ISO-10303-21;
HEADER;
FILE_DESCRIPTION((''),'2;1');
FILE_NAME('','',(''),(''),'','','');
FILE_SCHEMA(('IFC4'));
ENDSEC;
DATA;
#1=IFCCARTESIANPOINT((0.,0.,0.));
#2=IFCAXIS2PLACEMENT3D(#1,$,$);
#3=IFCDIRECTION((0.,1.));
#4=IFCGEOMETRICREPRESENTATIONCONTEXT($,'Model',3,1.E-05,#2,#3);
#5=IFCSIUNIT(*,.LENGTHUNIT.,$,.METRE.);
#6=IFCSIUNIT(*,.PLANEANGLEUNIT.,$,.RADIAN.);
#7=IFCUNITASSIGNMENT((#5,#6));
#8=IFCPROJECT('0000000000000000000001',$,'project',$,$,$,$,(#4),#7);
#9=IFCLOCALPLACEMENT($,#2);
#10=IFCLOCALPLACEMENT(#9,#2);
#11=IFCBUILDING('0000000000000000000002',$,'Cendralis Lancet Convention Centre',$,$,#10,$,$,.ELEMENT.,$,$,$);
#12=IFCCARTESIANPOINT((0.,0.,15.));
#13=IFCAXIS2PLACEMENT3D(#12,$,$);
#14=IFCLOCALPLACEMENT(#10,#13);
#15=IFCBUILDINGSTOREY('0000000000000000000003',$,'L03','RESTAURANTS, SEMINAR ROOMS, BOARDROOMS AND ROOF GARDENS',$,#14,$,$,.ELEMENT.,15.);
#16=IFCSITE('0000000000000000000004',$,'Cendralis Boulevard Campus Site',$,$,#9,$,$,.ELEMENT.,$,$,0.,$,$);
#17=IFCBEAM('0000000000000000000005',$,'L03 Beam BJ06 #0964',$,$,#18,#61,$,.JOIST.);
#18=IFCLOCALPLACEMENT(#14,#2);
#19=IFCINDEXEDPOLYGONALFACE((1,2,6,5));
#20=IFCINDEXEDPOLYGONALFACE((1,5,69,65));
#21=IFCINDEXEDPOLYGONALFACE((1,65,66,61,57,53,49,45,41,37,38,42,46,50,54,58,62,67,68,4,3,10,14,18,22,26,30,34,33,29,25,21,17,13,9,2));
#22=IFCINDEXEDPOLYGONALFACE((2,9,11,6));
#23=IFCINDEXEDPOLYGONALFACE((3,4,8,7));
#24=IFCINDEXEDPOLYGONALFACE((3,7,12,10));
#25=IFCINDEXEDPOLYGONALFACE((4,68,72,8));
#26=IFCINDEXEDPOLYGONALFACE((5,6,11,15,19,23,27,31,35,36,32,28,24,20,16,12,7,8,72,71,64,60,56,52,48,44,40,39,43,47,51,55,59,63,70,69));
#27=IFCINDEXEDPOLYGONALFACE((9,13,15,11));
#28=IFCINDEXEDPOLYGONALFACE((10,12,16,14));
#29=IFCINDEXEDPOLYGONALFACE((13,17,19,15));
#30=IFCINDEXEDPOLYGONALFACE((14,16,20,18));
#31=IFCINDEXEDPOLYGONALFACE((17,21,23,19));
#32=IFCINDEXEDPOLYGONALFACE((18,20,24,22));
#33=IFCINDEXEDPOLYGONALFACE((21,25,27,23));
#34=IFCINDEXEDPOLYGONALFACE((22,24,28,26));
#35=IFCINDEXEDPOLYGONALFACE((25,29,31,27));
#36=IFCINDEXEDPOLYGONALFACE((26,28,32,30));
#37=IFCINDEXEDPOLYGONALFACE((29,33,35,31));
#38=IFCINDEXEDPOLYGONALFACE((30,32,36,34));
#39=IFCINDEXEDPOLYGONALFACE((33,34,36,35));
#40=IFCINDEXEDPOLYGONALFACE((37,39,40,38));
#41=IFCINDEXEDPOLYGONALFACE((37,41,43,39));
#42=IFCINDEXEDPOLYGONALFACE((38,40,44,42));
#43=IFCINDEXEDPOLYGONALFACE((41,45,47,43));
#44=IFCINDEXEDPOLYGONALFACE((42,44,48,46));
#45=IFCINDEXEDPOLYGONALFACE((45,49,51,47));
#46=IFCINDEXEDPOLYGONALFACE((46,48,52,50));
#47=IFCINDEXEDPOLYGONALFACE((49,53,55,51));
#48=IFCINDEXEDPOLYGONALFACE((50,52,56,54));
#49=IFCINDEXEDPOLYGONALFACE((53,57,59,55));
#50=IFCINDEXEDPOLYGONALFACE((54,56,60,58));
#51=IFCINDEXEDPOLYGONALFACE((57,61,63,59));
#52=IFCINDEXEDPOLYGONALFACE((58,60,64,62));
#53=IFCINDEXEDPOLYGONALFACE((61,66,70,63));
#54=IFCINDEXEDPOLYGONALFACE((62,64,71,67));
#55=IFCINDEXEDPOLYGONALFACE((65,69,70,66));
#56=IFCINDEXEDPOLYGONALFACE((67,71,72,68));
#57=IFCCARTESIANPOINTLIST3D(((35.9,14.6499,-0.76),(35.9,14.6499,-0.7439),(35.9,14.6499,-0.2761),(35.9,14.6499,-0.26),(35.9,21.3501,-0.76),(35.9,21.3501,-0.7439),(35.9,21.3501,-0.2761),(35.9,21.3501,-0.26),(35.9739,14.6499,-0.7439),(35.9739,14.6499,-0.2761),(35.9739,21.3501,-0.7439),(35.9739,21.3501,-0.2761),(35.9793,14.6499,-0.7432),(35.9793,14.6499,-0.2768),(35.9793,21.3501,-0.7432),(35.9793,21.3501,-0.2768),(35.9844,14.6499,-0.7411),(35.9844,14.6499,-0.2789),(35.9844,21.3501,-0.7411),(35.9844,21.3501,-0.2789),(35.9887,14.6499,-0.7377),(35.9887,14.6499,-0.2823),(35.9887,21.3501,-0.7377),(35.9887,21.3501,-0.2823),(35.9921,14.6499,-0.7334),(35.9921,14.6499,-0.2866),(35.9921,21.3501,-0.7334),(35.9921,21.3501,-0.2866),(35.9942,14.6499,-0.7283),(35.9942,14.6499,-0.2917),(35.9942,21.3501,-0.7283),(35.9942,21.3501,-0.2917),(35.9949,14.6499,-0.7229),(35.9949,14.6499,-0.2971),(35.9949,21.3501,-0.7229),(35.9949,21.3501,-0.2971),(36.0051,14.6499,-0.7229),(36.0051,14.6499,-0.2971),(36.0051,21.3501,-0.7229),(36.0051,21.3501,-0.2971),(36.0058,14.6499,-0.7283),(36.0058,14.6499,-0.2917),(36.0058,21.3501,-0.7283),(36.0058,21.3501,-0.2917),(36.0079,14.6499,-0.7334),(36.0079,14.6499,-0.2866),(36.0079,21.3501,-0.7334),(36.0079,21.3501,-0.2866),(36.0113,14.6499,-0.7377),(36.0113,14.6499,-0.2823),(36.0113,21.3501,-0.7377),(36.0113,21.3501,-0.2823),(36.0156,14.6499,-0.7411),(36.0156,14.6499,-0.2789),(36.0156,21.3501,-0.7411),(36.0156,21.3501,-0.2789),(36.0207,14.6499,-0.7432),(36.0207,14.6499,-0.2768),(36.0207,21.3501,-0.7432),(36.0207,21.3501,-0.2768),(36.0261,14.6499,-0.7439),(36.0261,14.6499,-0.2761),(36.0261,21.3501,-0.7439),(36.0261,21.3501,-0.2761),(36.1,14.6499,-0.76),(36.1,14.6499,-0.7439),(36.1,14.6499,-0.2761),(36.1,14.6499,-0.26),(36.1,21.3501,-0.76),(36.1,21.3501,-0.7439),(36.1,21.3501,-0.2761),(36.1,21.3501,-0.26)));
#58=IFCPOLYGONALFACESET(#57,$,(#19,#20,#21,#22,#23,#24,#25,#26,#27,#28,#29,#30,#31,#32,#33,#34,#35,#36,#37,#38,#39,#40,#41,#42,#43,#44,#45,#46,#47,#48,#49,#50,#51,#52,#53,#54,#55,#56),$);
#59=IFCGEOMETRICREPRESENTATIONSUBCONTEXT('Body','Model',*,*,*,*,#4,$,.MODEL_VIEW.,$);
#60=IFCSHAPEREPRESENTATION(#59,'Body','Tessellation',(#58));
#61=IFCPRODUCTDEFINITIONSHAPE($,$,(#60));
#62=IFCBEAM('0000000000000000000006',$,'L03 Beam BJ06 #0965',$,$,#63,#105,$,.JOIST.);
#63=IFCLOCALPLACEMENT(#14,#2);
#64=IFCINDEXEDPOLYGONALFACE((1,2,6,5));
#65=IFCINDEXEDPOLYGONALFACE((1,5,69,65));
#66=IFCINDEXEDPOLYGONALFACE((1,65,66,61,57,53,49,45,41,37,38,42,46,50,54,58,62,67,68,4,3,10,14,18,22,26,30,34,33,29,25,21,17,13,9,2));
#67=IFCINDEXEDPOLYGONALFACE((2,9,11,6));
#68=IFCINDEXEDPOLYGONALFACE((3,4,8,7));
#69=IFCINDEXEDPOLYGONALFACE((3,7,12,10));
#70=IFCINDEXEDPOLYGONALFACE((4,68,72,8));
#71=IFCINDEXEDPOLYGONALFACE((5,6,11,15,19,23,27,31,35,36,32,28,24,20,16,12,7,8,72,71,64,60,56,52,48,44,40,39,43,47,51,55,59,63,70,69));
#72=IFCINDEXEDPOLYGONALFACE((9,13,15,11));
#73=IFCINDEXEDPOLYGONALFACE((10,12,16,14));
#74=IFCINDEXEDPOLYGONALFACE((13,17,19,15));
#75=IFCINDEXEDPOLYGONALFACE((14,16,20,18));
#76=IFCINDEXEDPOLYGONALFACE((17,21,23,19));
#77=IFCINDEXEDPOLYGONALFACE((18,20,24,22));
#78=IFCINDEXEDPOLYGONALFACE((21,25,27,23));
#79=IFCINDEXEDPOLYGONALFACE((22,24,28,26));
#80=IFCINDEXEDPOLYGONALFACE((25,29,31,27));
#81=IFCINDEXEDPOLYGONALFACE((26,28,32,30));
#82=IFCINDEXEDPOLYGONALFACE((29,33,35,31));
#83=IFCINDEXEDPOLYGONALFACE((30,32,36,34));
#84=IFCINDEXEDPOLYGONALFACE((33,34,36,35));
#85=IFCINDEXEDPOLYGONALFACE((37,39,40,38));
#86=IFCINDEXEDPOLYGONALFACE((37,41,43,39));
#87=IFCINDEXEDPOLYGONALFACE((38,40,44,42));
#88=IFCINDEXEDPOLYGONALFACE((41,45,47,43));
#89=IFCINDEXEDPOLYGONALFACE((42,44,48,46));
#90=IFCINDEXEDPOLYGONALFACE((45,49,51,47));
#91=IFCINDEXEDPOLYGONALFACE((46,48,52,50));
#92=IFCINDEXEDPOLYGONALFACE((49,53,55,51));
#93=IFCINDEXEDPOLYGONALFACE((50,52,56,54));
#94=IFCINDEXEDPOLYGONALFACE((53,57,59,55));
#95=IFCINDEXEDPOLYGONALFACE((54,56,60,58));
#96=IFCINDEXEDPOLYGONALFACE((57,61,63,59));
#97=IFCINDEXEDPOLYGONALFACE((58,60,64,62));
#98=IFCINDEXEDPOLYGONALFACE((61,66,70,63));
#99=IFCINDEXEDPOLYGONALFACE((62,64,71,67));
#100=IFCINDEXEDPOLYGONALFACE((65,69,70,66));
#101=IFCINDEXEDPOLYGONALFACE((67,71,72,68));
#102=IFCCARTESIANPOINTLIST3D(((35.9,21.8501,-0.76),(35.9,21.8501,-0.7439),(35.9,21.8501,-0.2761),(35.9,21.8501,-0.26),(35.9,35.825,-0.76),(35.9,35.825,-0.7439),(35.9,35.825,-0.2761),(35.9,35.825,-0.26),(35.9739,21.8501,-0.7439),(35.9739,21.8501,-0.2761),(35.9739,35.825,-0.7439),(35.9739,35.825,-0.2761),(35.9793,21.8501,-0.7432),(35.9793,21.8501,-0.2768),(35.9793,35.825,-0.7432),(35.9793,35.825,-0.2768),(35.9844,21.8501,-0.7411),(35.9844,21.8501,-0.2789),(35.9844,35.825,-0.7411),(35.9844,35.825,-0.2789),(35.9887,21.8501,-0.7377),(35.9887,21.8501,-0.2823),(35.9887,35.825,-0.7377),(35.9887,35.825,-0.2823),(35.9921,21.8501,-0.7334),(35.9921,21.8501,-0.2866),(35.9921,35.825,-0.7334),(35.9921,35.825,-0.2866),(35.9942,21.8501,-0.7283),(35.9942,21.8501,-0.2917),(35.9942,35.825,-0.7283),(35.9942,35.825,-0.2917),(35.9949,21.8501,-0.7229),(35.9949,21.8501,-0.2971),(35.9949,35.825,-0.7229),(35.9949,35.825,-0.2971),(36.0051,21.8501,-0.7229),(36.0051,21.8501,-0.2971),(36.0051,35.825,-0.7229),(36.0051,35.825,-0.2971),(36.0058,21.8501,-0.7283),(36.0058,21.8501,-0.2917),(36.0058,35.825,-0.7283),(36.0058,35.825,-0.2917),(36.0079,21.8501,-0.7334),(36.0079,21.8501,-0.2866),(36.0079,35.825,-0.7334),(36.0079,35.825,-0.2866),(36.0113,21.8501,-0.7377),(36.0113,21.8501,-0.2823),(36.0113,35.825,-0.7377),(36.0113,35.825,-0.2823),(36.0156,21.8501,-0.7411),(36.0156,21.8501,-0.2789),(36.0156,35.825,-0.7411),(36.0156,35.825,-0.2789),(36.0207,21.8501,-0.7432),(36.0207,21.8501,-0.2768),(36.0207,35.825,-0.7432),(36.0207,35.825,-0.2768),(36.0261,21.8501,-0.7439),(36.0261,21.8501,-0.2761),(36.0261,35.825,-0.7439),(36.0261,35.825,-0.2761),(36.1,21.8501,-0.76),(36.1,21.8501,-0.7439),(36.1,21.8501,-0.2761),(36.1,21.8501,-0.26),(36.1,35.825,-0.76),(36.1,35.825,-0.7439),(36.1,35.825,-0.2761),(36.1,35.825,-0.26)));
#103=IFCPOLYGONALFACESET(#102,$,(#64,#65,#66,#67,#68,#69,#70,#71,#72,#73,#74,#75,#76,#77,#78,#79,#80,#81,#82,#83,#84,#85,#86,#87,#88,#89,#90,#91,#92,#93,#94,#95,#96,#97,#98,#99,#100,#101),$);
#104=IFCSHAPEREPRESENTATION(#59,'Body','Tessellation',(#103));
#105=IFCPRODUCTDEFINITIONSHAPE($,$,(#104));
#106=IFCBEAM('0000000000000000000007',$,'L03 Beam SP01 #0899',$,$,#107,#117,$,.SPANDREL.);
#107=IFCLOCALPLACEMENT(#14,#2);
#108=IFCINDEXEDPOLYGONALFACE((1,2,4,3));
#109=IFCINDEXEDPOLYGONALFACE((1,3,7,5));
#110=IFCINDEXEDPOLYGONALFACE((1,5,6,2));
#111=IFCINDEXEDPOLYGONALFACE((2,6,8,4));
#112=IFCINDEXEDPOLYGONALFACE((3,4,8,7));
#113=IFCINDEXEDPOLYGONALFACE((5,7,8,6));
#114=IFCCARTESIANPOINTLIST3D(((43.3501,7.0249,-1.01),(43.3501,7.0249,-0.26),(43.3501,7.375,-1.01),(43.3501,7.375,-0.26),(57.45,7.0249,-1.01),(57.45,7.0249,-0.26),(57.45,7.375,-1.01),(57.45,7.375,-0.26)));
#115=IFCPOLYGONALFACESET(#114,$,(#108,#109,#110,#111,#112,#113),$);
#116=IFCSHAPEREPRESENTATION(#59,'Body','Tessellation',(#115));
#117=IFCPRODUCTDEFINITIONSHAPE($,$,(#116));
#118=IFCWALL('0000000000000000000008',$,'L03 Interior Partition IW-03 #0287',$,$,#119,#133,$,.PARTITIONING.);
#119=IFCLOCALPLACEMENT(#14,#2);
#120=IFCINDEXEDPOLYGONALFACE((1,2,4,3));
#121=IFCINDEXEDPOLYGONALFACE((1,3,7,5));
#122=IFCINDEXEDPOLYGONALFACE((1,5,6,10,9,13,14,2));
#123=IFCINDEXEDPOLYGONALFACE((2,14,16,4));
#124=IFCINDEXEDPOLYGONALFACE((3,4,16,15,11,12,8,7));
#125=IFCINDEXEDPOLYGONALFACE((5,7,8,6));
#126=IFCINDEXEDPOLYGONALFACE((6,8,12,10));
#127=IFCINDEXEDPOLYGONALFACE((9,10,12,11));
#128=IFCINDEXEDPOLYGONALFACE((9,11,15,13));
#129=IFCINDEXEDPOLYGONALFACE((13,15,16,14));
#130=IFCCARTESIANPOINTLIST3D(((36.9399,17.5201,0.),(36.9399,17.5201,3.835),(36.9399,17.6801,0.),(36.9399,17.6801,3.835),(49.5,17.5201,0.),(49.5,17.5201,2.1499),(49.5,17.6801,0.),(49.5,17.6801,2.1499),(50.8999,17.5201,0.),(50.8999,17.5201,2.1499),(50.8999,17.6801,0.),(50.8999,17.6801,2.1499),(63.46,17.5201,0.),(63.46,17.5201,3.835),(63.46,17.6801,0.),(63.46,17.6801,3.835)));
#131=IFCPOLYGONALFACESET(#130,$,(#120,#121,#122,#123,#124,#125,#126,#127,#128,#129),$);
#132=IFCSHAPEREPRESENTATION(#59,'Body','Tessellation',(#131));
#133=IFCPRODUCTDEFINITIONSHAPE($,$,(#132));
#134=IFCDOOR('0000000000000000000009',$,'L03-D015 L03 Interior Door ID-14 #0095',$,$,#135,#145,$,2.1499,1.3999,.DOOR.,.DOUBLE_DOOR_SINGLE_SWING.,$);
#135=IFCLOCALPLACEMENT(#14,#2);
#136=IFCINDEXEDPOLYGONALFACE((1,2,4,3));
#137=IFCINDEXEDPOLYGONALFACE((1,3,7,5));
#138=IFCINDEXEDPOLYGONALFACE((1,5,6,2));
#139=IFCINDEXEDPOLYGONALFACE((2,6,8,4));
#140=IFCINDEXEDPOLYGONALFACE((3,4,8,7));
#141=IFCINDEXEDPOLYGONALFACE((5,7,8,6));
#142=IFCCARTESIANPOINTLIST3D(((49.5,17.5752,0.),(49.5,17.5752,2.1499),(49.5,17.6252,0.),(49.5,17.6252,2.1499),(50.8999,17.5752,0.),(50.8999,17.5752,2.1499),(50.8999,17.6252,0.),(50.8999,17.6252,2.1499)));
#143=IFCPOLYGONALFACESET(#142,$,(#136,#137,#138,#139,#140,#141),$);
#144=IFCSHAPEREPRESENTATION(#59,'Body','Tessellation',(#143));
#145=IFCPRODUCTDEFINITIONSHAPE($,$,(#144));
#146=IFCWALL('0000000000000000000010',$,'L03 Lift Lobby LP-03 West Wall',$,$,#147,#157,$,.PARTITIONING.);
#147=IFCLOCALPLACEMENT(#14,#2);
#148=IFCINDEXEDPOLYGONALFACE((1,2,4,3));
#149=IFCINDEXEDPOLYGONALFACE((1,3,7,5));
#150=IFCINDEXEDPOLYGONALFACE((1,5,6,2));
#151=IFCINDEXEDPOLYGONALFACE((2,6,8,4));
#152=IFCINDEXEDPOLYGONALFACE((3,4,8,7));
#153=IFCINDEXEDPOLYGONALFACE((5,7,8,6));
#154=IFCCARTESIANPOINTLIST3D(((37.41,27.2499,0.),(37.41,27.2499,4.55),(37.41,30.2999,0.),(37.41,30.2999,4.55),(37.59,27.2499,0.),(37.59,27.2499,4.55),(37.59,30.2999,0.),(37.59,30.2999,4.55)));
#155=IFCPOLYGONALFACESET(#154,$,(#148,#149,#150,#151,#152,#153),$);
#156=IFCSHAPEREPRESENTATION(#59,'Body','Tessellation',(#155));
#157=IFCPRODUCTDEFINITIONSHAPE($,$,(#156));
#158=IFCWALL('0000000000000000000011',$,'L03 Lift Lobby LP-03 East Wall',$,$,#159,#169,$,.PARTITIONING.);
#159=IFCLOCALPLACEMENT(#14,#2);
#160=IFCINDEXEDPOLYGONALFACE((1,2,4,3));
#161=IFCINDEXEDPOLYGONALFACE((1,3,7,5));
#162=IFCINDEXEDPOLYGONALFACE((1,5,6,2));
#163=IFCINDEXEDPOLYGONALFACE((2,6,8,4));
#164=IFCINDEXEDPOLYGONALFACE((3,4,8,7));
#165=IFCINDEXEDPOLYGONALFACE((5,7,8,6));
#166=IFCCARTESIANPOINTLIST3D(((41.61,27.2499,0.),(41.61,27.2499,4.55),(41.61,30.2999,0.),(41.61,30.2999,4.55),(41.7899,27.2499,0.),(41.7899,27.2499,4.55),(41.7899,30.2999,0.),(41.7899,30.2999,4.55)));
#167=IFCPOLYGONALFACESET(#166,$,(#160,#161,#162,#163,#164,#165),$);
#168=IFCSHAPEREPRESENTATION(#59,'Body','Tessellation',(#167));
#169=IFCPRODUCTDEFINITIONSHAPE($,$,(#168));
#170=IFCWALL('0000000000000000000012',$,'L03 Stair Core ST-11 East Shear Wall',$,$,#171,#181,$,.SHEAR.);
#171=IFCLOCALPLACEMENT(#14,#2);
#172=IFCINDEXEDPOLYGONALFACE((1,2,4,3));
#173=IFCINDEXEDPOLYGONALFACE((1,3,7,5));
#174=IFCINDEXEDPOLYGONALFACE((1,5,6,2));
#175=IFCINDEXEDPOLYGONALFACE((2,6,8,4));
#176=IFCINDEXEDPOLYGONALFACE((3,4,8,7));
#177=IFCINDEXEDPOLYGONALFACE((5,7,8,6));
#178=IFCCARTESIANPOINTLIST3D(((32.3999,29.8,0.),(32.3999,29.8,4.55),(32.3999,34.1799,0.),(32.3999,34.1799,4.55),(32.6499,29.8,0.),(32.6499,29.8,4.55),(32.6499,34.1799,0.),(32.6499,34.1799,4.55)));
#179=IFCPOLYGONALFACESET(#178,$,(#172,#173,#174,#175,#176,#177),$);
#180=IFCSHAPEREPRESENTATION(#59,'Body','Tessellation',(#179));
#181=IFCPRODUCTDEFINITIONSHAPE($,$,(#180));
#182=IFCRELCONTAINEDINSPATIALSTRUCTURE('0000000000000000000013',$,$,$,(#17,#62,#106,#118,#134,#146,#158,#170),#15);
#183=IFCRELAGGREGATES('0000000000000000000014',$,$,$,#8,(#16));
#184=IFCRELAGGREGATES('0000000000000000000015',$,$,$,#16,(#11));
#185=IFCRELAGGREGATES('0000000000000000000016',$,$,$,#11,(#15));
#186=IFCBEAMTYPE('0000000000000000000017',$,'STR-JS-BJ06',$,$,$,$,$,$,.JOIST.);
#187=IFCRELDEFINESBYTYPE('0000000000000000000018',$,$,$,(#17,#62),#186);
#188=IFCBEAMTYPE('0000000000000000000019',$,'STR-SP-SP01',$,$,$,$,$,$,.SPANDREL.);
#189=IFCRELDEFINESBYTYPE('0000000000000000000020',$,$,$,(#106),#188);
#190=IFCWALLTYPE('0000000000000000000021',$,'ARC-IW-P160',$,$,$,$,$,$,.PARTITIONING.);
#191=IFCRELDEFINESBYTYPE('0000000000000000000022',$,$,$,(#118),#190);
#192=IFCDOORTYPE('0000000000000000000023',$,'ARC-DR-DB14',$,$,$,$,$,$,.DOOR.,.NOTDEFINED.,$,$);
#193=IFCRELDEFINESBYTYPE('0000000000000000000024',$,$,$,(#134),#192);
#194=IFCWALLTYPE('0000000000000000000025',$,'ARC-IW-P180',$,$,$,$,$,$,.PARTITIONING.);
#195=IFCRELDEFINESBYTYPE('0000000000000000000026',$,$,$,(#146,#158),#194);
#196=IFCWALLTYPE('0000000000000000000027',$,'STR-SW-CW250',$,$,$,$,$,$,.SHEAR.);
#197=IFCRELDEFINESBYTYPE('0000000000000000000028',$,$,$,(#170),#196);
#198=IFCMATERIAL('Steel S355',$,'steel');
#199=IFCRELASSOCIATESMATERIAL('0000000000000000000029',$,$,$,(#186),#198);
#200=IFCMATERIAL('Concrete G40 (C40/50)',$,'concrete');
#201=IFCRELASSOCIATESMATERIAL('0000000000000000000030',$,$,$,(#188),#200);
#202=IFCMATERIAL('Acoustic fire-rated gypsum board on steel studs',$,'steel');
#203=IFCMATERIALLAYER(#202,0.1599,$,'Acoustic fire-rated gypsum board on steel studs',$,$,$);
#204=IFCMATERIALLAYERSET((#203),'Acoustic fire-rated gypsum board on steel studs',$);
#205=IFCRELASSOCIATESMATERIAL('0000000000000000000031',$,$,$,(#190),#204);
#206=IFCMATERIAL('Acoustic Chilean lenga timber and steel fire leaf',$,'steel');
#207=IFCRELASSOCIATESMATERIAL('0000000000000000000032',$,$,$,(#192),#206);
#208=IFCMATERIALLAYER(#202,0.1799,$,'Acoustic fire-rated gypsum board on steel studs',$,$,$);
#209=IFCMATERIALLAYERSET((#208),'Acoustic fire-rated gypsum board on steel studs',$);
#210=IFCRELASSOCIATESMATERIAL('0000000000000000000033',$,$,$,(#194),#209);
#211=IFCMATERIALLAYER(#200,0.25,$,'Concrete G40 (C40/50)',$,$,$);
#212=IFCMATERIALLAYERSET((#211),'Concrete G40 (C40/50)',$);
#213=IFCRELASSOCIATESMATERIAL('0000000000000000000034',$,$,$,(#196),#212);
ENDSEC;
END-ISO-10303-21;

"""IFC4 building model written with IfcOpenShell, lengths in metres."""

from ifc_helpers import new_model, si_unit, direction, frame, frame_2d, origin, origin_2d, place, context, subcontext, project, spatial, rectangle, i_section, extrude, material, layer, layer_set, material_profile, profile_set, type_object, element, fill, save


model = new_model("IFC4")

# Units and contexts
model_context = context("Model", 3, precision=1e-05, world=origin(), true_north=direction((0.0, 1.0)))
body_context = subcontext(model_context, "Body", "Model", "MODEL_VIEW")
ifc_project = project(units=[si_unit("LENGTHUNIT", "METRE"), si_unit("PLANEANGLEUNIT", "RADIAN")], contexts=[model_context])

# Site, building, storey
site_placement = place(None, origin())
site = spatial("IfcSite", under=ifc_project, at=site_placement, Name="Cendralis Boulevard Campus Site", CompositionType="ELEMENT", RefElevation=0.0)
building_placement = place(site_placement, origin())
building = spatial("IfcBuilding", under=site, at=building_placement, Name="Cendralis Lancet Convention Centre", CompositionType="ELEMENT")
storey_placement = place(building_placement, frame((0.0, 0.0, 15.0)))
storey = spatial("IfcBuildingStorey", under=building, at=storey_placement, Name="L03", Description="RESTAURANTS, SEMINAR ROOMS, BOARDROOMS AND ROOF GARDENS", CompositionType="ELEMENT", Elevation=15.0)

# Shared definitions
ifc_material_1 = material(Name="Concrete G40 (C40/50)", Category="concrete")

# Beams
ifc_material_2 = material(Name="Steel S355", Category="steel")
ifc_material_profile_1 = material_profile(ifc_material_2, i_section(OverallWidth=0.2, OverallDepth=0.5, WebThickness=0.0103, FlangeThickness=0.0161, FilletRadius=0.021, at=origin_2d()), Name="IPE 500")
ifc_profile_set_1 = profile_set([ifc_material_profile_1], Name="Steel S355")
beam_type_1 = type_object("IfcBeamType", Name="STR-JS-BJ06", PredefinedType="JOIST", material=ifc_profile_set_1)
beam_1_placement = place(storey_placement, frame((36.0, 14.6499, -0.51), z_axis=(0.0, 1.0, 0.0), x_axis=(-1.0, 0.0, 0.0)))
element("IfcBeam", 1, at=beam_1_placement, inside=storey, type_object=beam_type_1, Name="L03 Beam BJ06 #0964", PredefinedType="JOIST", context=body_context, shape_type="SweptSolid", body=[
    extrude(i_section(OverallWidth=0.2, OverallDepth=0.5, WebThickness=0.0103, FlangeThickness=0.0161, FilletRadius=0.021, at=origin_2d()), origin(), (0.0, 0.0, 1.0), 6.7002),
])
beam_2_placement = place(storey_placement, frame((36.0, 21.8501, -0.51), z_axis=(0.0, 1.0, 0.0), x_axis=(-1.0, 0.0, 0.0)))
element("IfcBeam", 2, at=beam_2_placement, inside=storey, type_object=beam_type_1, Name="L03 Beam BJ06 #0965", PredefinedType="JOIST", context=body_context, shape_type="SweptSolid", body=[
    extrude(i_section(OverallWidth=0.2, OverallDepth=0.5, WebThickness=0.0103, FlangeThickness=0.0161, FilletRadius=0.021, at=origin_2d()), origin(), (0.0, 0.0, 1.0), 13.9749),
])
ifc_material_profile_2 = material_profile(ifc_material_1, rectangle(XDim=0.3501, YDim=0.75, at=origin_2d()), Name="RCB 350x750")
ifc_profile_set_2 = profile_set([ifc_material_profile_2], Name="Concrete G40 (C40/50)")
beam_type_2 = type_object("IfcBeamType", Name="STR-SP-SP01", PredefinedType="SPANDREL", material=ifc_profile_set_2)
beam_3_placement = place(storey_placement, frame((43.3501, 7.2, -0.635), z_axis=(1.0, 0.0, 0.0), x_axis=(0.0, 1.0, 0.0)))
element("IfcBeam", 3, at=beam_3_placement, inside=storey, type_object=beam_type_2, Name="L03 Beam SP01 #0899", PredefinedType="SPANDREL", context=body_context, shape_type="SweptSolid", body=[
    extrude(rectangle(XDim=0.3501, YDim=0.75, at=origin_2d()), origin(), (0.0, 0.0, 1.0), 14.0999),
])

# Wall, opening, door
ifc_material_3 = material(Name="Acoustic fire-rated gypsum board on steel studs", Category="steel")
ifc_layer_1 = layer(ifc_material_3, 0.1599, Name="Acoustic fire-rated gypsum board on steel studs")
ifc_layer_set_1 = layer_set([ifc_layer_1], Name="Acoustic fire-rated gypsum board on steel studs")
wall_type_1 = type_object("IfcWallType", Name="ARC-IW-P160", PredefinedType="PARTITIONING", material=ifc_layer_set_1)
wall_1_placement = place(storey_placement, frame((36.9399, 17.6001, 0.0), z_axis=(0.0, 0.0, 1.0), x_axis=(1.0, 0.0, 0.0)))
wall_1 = element("IfcWall", 4, at=wall_1_placement, inside=storey, type_object=wall_type_1, Name="L03 Interior Partition IW-03 #0287", PredefinedType="PARTITIONING", context=body_context, shape_type="SweptSolid", body=[
    extrude(rectangle(XDim=26.52, YDim=0.1599, at=frame_2d((13.26, 0.0))), origin(), (0.0, 0.0, 1.0), 3.835),
])
opening_1_placement = place(wall_1_placement, frame((12.5601, 0.0, 0.0)))
opening_1 = element("IfcOpeningElement", 5, at=opening_1_placement, cuts=wall_1, PredefinedType="OPENING", context=body_context, shape_type="SweptSolid", body=[
    extrude(rectangle(XDim=1.3999, YDim=2.1499, at=frame_2d((0.7, 1.075))), frame((0.0, 0.0898, 0.0), z_axis=(0.0, -1.0, 0.0), x_axis=(1.0, 0.0, 0.0)), (0.0, 0.0, 1.0), 0.1799),
])
ifc_material_4 = material(Name="Acoustic Chilean lenga timber and steel fire leaf", Category="steel")
door_type_1 = type_object("IfcDoorType", Name="ARC-DR-DB14", OperationType="NOTDEFINED", PredefinedType="DOOR", material=ifc_material_4)
door_1_placement = place(opening_1_placement, frame((1.3999, 0.0, 0.0), z_axis=(0.0, 0.0, 1.0), x_axis=(-1.0, 0.0, 0.0)))
door_1 = element("IfcDoor", 6, at=door_1_placement, inside=storey, type_object=door_type_1, Name="L03-D015 L03 Interior Door ID-14 #0095", OperationType="DOUBLE_DOOR_SINGLE_SWING", OverallHeight=2.1499, OverallWidth=1.3999, PredefinedType="DOOR", context=body_context, shape_type="SweptSolid", body=[
    extrude(rectangle(XDim=1.3999, YDim=2.1499, at=frame_2d((0.7, 1.075))), frame((0.0, 0.0249, 0.0), z_axis=(0.0, -1.0, 0.0), x_axis=(1.0, 0.0, 0.0)), (0.0, 0.0, 1.0), 0.05),
])
fill(opening_1, door_1)
ifc_layer_2 = layer(ifc_material_3, 0.1799, Name="Acoustic fire-rated gypsum board on steel studs")
ifc_layer_set_2 = layer_set([ifc_layer_2], Name="Acoustic fire-rated gypsum board on steel studs")
wall_type_2 = type_object("IfcWallType", Name="ARC-IW-P180", PredefinedType="PARTITIONING", material=ifc_layer_set_2)

# Walls
for number, where, z_axis, x_axis, name in (
    (7, (37.5, 27.25, 0.0), (0.0, 0.0, 1.0), (0.0, 1.0, 0.0), "L03 Lift Lobby LP-03 West Wall"),
    (8, (41.7, 27.25, 0.0), (0.0, 0.0, 1.0), (0.0, 1.0, 0.0), "L03 Lift Lobby LP-03 East Wall"),
):
    element("IfcWall", number, at=place(storey_placement, frame(where, z_axis=z_axis, x_axis=x_axis)), inside=storey, type_object=wall_type_2, Name=name, PredefinedType="PARTITIONING", context=body_context, shape_type="SweptSolid", body=[
        extrude(rectangle(XDim=3.05, YDim=0.1799, at=frame_2d((1.5249, 0.0))), origin(), (0.0, 0.0, 1.0), 4.55),
    ])
ifc_layer_3 = layer(ifc_material_1, 0.25, Name="Concrete G40 (C40/50)")
ifc_layer_set_3 = layer_set([ifc_layer_3], Name="Concrete G40 (C40/50)")
wall_type_3 = type_object("IfcWallType", Name="STR-SW-CW250", PredefinedType="SHEAR", material=ifc_layer_set_3)
wall_2_placement = place(storey_placement, frame((32.5249, 29.8, 0.0), z_axis=(0.0, 0.0, 1.0), x_axis=(0.0, 1.0, 0.0)))
element("IfcWall", 9, at=wall_2_placement, inside=storey, type_object=wall_type_3, Name="L03 Stair Core ST-11 East Shear Wall", PredefinedType="SHEAR", context=body_context, shape_type="SweptSolid", body=[
    extrude(rectangle(XDim=4.3799, YDim=0.25, at=frame_2d((2.1899, 0.0))), origin(), (0.0, 0.0, 1.0), 4.55),
])

save(model, "model.ifc")
